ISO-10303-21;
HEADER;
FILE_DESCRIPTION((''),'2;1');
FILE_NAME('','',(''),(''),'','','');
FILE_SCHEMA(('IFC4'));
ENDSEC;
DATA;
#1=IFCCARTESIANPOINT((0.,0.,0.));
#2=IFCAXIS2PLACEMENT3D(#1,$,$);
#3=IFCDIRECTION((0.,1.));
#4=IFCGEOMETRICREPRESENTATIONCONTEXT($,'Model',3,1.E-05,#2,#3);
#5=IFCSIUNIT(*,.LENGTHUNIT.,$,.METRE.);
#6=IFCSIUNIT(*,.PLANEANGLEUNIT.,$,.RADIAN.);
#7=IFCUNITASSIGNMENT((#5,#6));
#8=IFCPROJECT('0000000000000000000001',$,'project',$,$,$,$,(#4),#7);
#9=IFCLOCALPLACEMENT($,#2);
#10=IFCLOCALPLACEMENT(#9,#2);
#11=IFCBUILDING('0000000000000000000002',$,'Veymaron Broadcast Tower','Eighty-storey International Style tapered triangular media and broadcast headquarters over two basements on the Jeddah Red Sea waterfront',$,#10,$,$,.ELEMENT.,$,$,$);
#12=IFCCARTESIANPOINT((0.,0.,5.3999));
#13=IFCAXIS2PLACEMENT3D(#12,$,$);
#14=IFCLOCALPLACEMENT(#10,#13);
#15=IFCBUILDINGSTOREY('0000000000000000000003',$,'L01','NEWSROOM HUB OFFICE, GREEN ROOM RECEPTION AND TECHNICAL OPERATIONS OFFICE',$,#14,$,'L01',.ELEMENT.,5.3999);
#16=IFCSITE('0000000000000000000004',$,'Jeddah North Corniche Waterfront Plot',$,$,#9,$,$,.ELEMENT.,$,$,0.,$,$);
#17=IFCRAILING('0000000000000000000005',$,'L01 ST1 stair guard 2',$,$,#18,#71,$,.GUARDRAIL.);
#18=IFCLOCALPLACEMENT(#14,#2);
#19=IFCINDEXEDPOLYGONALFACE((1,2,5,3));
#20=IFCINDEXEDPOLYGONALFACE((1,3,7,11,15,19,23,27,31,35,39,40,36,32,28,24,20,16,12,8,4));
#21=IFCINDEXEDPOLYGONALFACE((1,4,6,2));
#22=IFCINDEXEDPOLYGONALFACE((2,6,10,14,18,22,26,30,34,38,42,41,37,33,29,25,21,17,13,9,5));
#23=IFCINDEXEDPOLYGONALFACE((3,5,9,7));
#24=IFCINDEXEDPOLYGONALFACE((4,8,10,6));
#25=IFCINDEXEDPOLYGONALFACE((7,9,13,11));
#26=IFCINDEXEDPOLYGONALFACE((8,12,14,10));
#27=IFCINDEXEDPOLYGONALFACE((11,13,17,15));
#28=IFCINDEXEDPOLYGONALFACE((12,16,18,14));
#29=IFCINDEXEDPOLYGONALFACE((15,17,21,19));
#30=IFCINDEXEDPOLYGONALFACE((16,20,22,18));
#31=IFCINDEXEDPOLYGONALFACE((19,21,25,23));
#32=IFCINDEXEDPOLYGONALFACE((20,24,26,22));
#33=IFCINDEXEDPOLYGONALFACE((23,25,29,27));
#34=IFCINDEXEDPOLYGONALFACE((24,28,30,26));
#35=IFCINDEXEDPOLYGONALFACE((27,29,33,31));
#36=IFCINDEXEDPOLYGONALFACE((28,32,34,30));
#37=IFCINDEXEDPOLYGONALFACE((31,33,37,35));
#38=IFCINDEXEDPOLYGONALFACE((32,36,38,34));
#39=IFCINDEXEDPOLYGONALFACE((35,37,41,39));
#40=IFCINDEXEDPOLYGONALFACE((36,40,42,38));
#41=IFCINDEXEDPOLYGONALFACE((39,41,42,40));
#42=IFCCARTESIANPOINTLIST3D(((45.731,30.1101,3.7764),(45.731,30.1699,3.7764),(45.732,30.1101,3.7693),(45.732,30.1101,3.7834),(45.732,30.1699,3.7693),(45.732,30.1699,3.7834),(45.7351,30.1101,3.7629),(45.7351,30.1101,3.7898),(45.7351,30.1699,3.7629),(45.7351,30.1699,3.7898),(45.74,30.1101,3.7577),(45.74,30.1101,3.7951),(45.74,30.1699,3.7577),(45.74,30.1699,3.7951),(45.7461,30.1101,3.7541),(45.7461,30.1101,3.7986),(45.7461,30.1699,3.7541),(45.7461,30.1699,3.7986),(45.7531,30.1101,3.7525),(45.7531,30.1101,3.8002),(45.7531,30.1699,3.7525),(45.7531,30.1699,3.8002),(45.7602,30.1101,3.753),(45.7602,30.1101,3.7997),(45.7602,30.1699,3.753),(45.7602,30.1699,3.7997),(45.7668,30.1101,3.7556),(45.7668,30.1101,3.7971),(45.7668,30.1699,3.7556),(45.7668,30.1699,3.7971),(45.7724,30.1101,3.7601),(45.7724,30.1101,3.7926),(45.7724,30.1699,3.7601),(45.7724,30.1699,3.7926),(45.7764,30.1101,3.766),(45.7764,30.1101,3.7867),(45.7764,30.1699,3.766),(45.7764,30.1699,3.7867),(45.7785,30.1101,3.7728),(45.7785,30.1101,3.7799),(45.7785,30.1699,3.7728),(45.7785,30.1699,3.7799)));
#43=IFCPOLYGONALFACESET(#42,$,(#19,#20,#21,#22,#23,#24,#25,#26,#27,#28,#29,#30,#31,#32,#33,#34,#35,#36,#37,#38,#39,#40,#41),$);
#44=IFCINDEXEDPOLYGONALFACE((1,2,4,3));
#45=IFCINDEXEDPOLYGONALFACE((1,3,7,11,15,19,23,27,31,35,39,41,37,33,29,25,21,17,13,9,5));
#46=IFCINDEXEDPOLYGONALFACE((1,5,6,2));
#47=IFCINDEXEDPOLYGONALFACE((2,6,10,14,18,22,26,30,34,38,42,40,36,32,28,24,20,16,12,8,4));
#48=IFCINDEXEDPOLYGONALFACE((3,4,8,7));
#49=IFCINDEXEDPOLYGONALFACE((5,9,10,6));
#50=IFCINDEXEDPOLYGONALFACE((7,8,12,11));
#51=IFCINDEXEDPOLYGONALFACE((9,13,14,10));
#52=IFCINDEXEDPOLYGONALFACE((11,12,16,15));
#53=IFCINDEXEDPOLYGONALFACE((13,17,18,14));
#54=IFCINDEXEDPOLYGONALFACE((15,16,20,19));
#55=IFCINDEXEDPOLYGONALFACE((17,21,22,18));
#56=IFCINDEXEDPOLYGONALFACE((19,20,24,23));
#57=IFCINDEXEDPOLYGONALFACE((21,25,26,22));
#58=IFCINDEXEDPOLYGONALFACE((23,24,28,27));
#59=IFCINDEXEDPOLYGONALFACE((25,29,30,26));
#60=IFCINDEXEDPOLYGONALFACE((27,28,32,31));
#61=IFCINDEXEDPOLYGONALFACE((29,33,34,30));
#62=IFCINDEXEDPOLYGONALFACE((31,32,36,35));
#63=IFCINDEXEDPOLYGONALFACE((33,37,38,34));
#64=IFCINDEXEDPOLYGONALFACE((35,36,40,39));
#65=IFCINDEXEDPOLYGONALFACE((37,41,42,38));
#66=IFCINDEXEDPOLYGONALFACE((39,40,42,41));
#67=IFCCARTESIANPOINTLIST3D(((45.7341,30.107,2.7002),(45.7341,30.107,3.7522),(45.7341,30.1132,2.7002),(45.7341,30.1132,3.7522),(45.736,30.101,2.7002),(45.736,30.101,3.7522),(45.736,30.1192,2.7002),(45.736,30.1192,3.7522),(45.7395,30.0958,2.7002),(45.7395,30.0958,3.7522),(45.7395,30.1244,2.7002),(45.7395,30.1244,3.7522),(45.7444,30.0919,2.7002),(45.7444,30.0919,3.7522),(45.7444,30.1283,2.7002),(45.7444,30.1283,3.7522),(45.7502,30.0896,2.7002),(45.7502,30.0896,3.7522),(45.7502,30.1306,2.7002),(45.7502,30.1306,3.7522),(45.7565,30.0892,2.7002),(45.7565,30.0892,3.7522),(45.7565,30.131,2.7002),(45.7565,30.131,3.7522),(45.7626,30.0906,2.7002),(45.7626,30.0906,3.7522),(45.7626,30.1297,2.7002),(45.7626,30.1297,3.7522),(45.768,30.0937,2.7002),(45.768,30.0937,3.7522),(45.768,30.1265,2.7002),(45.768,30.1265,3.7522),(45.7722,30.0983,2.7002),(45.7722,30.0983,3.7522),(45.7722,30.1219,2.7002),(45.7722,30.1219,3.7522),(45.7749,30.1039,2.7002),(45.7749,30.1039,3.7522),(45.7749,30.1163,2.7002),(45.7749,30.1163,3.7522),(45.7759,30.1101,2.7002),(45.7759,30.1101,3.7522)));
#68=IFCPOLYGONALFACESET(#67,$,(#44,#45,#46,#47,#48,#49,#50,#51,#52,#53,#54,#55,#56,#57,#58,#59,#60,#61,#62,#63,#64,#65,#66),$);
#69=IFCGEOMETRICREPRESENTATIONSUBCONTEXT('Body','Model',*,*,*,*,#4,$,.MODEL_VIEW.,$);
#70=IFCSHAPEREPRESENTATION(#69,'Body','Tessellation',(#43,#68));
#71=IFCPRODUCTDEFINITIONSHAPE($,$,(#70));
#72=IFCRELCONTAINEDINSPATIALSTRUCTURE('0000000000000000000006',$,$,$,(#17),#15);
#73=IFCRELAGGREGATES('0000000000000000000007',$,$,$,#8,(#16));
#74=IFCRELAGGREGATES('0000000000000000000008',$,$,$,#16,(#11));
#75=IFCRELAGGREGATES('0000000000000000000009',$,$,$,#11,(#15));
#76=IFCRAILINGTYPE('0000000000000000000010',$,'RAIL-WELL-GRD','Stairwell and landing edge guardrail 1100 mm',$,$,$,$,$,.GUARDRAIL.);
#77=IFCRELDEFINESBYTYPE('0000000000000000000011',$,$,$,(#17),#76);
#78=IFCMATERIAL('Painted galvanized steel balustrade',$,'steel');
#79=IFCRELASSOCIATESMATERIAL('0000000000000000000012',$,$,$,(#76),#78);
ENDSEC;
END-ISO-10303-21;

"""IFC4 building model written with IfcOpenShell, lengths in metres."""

from ifc_helpers import new_model, si_unit, direction, frame, origin, origin_2d, place, context, subcontext, project, spatial, circle, extrude, material, type_object, element, save


model = new_model("IFC4")

# Units and contexts
model_context = context("Model", 3, precision=1e-05, world=origin(), true_north=direction((0.0, 1.0)))
body_context = subcontext(model_context, "Body", "Model", "MODEL_VIEW")
ifc_project = project(units=[si_unit("LENGTHUNIT", "METRE"), si_unit("PLANEANGLEUNIT", "RADIAN")], contexts=[model_context])

# Site, building, storey
site_placement = place(None, origin())
site = spatial("IfcSite", under=ifc_project, at=site_placement, Name="Jeddah North Corniche Waterfront Plot", CompositionType="ELEMENT", RefElevation=0.0)
building_placement = place(site_placement, origin())
building = spatial("IfcBuilding", under=site, at=building_placement, Name="Veymaron Broadcast Tower", Description="Eighty-storey International Style tapered triangular media and broadcast headquarters over two basements on the Jeddah Red Sea waterfront", CompositionType="ELEMENT")
storey_placement = place(building_placement, frame((0.0, 0.0, 5.3999)))
storey = spatial("IfcBuildingStorey", under=building, at=storey_placement, Name="L01", Description="NEWSROOM HUB OFFICE, GREEN ROOM RECEPTION AND TECHNICAL OPERATIONS OFFICE", LongName="L01", CompositionType="ELEMENT", Elevation=5.3999)

# Railing
ifc_material_1 = material(Name="Painted galvanized steel balustrade", Category="steel")
railing_type_1 = type_object("IfcRailingType", Name="RAIL-WELL-GRD", Description="Stairwell and landing edge guardrail 1100 mm", PredefinedType="GUARDRAIL", material=ifc_material_1)
railing_1_placement = place(storey_placement, frame((45.7549, 30.1101, 2.7002)))
element("IfcRailing", 1, at=railing_1_placement, inside=storey, type_object=railing_type_1, Name="L01 ST1 stair guard 2", PredefinedType="GUARDRAIL", context=body_context, shape_type="SweptSolid", body=[
    extrude(circle(Radius=0.0239, at=origin_2d()), frame((0.0, 0.0, 1.0762), z_axis=(0.0, 1.0, 0.0), x_axis=(-1.0, 0.0, 0.0)), (0.0, 0.0, 1.0), 0.0598),
    extrude(circle(Radius=0.021, at=origin_2d()), origin(), (0.0, 0.0, 1.0), 1.052),
])

save(model, "model.ifc")
